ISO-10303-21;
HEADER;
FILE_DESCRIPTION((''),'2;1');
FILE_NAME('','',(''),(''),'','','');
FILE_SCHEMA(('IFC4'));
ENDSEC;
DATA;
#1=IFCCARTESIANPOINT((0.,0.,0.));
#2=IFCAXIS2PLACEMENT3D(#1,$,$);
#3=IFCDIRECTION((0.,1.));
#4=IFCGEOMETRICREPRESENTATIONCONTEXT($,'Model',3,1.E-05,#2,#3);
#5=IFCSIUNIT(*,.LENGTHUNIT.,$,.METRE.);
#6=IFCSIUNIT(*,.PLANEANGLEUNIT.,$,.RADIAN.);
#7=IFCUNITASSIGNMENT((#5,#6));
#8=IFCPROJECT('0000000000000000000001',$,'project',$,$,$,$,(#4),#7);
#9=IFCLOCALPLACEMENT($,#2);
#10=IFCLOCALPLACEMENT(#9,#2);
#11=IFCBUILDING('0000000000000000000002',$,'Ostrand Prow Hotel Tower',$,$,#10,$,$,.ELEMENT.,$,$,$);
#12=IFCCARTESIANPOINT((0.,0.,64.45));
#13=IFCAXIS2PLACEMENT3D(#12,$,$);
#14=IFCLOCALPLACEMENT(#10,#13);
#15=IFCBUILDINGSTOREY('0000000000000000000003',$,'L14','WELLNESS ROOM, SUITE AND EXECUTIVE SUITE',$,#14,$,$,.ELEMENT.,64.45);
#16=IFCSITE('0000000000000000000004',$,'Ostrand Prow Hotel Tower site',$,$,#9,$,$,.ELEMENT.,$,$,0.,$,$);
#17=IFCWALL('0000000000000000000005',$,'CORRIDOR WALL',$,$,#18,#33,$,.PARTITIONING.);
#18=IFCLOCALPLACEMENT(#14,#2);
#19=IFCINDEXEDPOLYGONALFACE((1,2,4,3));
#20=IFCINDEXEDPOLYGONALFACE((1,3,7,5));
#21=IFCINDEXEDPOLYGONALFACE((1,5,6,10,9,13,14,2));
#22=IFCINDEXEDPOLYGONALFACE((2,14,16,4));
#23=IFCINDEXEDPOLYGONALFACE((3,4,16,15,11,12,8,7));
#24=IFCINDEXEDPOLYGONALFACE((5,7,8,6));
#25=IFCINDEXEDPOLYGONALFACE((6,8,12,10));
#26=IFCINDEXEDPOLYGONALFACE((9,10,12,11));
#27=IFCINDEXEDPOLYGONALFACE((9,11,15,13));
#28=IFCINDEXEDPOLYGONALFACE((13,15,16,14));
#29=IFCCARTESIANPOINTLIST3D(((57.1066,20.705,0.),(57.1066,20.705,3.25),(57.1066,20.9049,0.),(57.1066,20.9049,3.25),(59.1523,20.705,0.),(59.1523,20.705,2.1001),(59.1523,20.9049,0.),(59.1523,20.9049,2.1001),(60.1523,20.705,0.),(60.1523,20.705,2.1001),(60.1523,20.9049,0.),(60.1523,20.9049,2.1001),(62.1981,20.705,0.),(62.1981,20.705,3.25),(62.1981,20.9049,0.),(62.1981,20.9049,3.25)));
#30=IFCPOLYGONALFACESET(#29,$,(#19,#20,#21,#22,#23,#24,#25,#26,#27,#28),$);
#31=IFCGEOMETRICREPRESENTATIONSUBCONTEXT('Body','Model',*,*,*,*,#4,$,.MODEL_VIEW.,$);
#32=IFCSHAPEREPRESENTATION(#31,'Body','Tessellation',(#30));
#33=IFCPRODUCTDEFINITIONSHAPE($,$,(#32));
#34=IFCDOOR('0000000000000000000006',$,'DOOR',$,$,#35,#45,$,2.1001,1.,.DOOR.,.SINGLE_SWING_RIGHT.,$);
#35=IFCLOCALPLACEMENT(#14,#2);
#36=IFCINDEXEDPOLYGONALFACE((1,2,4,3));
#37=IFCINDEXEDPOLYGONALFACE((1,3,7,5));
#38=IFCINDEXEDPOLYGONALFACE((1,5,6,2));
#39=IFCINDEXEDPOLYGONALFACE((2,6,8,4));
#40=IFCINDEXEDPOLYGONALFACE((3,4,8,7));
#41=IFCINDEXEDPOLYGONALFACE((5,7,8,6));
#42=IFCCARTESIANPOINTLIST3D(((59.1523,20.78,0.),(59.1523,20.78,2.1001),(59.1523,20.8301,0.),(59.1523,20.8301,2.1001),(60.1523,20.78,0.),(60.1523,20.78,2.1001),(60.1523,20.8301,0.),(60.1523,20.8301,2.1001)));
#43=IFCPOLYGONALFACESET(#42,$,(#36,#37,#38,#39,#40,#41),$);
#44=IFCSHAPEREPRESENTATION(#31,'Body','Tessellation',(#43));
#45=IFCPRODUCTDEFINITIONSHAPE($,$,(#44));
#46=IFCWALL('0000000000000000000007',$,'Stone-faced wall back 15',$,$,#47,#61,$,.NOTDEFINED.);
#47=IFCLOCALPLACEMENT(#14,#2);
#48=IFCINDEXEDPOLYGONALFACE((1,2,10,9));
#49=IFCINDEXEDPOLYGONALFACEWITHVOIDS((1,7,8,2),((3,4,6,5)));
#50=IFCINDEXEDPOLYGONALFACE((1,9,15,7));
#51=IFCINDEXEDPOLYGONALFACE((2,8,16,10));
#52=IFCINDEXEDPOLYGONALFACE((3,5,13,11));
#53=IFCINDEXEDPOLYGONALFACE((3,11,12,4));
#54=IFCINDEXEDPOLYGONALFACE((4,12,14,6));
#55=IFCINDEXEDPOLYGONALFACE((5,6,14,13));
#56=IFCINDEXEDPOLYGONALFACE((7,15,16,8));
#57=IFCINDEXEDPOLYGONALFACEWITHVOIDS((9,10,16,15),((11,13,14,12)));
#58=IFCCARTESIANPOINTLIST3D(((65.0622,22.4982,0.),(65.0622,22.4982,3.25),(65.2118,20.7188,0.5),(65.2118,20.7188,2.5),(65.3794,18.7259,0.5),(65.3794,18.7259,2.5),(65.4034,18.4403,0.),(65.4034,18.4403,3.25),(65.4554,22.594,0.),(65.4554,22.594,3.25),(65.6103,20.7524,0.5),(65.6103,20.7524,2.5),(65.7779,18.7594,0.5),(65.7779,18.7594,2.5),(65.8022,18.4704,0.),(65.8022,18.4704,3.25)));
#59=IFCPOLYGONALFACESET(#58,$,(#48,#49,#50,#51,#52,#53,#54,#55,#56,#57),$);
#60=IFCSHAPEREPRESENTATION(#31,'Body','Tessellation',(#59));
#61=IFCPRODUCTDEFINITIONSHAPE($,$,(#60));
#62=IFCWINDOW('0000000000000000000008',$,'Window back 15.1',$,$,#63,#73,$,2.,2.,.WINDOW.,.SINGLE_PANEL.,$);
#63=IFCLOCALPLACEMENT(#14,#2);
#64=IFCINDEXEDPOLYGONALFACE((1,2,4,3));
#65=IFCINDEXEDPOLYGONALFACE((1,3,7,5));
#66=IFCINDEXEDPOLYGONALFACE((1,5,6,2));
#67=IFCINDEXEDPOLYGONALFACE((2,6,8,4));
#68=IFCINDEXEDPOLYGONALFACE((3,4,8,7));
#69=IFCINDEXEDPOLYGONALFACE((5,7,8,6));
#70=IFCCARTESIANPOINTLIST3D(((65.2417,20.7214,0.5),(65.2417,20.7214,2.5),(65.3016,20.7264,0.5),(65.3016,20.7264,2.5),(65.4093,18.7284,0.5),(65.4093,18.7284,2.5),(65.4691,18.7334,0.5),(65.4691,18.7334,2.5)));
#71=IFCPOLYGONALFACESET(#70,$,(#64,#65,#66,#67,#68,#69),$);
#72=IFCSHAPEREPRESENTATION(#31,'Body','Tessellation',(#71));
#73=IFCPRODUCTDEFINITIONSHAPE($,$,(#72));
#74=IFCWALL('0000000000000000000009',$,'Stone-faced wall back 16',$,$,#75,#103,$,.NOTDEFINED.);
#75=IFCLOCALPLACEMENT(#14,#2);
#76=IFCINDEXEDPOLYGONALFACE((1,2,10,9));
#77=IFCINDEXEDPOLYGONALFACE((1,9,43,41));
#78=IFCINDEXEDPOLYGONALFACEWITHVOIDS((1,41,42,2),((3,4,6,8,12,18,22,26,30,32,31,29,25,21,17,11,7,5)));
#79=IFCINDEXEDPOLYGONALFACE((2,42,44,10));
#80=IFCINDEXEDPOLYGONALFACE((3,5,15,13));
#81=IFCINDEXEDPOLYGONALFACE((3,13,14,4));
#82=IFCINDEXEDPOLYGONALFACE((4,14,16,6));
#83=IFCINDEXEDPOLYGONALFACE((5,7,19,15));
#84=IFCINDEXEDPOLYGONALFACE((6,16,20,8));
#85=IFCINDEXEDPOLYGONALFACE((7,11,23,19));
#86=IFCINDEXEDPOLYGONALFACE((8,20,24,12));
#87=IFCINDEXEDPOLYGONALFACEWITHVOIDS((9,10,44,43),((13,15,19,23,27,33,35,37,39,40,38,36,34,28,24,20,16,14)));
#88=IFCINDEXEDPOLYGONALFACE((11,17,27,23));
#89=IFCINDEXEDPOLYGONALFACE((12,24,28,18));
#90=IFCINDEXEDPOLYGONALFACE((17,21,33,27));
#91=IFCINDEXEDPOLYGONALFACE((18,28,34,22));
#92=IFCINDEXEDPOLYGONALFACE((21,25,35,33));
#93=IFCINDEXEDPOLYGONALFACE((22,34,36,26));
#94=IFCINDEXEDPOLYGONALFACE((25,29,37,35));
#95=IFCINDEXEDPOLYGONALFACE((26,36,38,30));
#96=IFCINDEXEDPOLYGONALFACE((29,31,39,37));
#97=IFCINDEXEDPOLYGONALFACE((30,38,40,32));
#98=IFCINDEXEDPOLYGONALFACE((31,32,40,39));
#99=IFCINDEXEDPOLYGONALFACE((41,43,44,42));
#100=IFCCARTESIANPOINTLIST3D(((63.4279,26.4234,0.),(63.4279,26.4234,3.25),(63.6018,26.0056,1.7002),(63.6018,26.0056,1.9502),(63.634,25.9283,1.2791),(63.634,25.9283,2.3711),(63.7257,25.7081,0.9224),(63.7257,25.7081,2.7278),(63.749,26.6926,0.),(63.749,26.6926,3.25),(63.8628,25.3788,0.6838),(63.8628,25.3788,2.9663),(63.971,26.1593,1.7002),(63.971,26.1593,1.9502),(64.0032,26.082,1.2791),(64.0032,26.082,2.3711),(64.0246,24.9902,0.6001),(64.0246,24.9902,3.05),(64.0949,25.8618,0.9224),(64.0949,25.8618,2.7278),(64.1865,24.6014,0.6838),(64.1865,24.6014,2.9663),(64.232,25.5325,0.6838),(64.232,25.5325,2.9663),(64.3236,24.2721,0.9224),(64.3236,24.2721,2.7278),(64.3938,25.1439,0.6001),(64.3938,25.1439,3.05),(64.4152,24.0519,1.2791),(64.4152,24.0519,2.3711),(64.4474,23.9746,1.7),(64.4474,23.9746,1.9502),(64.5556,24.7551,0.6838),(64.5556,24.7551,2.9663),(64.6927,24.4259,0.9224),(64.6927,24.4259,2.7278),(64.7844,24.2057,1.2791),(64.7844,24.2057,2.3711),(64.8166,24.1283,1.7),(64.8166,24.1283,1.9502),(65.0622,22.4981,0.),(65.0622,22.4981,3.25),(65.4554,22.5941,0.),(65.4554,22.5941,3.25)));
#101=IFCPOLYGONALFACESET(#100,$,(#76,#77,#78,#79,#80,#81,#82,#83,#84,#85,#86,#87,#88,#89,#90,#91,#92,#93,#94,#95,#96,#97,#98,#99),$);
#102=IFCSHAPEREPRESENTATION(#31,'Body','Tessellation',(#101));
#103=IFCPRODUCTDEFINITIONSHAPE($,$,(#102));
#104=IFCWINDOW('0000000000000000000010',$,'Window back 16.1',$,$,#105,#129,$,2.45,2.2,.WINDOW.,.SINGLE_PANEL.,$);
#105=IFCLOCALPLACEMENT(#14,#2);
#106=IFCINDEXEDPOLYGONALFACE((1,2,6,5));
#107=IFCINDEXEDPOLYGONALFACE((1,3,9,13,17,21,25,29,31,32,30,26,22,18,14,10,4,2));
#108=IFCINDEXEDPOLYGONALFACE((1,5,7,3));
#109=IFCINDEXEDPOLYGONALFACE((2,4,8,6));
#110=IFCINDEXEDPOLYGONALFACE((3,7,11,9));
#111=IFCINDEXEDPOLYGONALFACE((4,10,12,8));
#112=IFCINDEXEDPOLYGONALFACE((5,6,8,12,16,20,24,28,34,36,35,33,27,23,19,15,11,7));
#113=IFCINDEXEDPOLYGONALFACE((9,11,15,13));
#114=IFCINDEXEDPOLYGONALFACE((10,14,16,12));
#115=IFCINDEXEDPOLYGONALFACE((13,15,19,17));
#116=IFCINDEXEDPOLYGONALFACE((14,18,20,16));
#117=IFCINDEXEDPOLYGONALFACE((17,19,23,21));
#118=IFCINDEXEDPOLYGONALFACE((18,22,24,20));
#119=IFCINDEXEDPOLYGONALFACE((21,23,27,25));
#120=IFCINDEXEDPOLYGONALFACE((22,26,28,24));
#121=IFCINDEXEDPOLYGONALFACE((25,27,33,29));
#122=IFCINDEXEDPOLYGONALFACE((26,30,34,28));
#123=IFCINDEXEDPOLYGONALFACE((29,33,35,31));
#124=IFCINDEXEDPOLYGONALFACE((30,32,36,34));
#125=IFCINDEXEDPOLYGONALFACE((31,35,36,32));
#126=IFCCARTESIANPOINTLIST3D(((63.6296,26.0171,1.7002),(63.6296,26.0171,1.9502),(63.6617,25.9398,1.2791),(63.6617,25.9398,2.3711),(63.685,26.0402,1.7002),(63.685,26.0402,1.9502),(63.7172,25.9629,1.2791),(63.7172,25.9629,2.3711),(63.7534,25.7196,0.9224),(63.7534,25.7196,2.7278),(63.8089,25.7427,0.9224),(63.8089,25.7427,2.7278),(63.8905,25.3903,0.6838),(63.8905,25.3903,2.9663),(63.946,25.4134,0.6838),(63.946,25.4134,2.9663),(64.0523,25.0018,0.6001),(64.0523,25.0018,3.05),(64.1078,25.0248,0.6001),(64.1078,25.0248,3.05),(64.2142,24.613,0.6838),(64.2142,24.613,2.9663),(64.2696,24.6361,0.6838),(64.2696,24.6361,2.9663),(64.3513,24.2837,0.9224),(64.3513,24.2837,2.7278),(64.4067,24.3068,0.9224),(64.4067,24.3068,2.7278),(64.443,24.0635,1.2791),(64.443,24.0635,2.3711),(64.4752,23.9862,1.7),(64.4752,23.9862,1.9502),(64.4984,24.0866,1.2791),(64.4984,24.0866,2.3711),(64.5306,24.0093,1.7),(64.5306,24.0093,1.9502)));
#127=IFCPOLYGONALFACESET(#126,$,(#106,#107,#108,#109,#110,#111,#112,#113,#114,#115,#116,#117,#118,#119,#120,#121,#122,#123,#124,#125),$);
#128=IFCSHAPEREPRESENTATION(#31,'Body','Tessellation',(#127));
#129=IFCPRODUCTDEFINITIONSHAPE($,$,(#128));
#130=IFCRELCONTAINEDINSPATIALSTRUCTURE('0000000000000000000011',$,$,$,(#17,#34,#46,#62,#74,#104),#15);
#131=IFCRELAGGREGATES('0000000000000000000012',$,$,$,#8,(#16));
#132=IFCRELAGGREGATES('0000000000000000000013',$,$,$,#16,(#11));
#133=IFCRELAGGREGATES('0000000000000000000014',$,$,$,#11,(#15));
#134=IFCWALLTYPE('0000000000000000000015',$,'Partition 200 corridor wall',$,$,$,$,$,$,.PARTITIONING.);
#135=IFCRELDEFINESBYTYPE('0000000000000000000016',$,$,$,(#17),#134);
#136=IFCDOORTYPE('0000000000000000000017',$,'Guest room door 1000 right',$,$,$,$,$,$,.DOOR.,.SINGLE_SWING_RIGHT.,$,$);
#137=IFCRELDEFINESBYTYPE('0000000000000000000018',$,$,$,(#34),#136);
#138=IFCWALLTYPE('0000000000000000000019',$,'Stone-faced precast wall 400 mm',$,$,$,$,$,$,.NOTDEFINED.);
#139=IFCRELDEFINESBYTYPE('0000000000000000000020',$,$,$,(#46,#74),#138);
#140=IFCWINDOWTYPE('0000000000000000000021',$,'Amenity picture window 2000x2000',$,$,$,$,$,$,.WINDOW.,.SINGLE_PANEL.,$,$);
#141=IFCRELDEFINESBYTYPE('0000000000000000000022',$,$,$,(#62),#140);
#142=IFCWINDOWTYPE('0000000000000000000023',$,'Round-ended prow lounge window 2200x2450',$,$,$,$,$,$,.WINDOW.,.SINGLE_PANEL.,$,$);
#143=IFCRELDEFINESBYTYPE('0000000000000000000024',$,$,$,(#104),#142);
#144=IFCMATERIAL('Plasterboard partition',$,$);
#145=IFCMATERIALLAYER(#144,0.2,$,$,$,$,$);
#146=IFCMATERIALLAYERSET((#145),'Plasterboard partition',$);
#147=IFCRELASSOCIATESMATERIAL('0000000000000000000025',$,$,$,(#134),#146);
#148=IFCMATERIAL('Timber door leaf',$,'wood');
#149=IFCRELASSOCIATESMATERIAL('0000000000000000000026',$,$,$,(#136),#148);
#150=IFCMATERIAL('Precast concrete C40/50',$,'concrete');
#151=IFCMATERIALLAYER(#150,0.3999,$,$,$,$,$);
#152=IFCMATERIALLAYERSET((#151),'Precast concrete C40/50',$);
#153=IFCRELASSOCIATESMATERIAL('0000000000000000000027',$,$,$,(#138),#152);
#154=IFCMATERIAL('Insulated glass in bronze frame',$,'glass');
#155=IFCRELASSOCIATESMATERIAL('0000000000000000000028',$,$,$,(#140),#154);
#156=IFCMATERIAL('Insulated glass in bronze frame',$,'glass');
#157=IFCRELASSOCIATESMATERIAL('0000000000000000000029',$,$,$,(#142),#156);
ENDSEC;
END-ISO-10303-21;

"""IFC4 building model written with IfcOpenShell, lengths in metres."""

from ifc_helpers import new_model, si_unit, direction, frame, frame_2d, origin, place, context, subcontext, project, spatial, polyline, rectangle, outline, extrude, material, layer, layer_set, type_object, element, fill, save


model = new_model("IFC4")

# Units and contexts
model_context = context("Model", 3, precision=1e-05, world=origin(), true_north=direction((0.0, 1.0)))
body_context = subcontext(model_context, "Body", "Model", "MODEL_VIEW")
ifc_project = project(units=[si_unit("LENGTHUNIT", "METRE"), si_unit("PLANEANGLEUNIT", "RADIAN")], contexts=[model_context])

# Site, building, storey
site_placement = place(None, origin())
site = spatial("IfcSite", under=ifc_project, at=site_placement, Name="Ostrand Prow Hotel Tower site", CompositionType="ELEMENT", RefElevation=0.0)
building_placement = place(site_placement, origin())
building = spatial("IfcBuilding", under=site, at=building_placement, Name="Ostrand Prow Hotel Tower", CompositionType="ELEMENT")
storey_placement = place(building_placement, frame((0.0, 0.0, 64.45)))
storey = spatial("IfcBuildingStorey", under=building, at=storey_placement, Name="L14", Description="WELLNESS ROOM, SUITE AND EXECUTIVE SUITE", CompositionType="ELEMENT", Elevation=64.45)

# Wall, opening, door
ifc_material_1 = material(Name="Plasterboard partition")
ifc_layer_1 = layer(ifc_material_1, 0.2)
ifc_layer_set_1 = layer_set([ifc_layer_1], Name="Plasterboard partition")
wall_type_1 = type_object("IfcWallType", Name="Partition 200 corridor wall", PredefinedType="PARTITIONING", material=ifc_layer_set_1)
wall_1_placement = place(storey_placement, frame((62.1982, 20.8049, 0.0), z_axis=(0.0, 0.0, 1.0), x_axis=(-1.0, 0.0, 0.0)))
wall_1 = element("IfcWall", 1, at=wall_1_placement, inside=storey, type_object=wall_type_1, Name="CORRIDOR WALL", PredefinedType="PARTITIONING", context=body_context, shape_type="SweptSolid", body=[
    extrude(rectangle(XDim=5.0916, YDim=0.2, at=frame_2d((2.5459, 0.0))), origin(), (0.0, 0.0, 1.0), 3.25),
])
opening_1_placement = place(wall_1_placement, frame((2.0459, 0.0, 0.0)))
opening_1 = element("IfcOpeningElement", 2, at=opening_1_placement, cuts=wall_1, PredefinedType="OPENING", context=body_context, shape_type="SweptSolid", body=[
    extrude(rectangle(XDim=1.0, YDim=2.1001, at=frame_2d((0.5, 1.05))), frame((0.0, 0.1099, 0.0), z_axis=(0.0, -1.0, 0.0), x_axis=(1.0, 0.0, 0.0)), (0.0, 0.0, 1.0), 0.22),
])
ifc_material_2 = material(Name="Timber door leaf", Category="wood")
door_type_1 = type_object("IfcDoorType", Name="Guest room door 1000 right", OperationType="SINGLE_SWING_RIGHT", PredefinedType="DOOR", material=ifc_material_2)
door_1_placement = place(opening_1_placement, origin())
door_1 = element("IfcDoor", 3, at=door_1_placement, inside=storey, type_object=door_type_1, Name="DOOR", OperationType="SINGLE_SWING_RIGHT", OverallHeight=2.1001, OverallWidth=1.0, PredefinedType="DOOR", context=body_context, shape_type="SweptSolid", body=[
    extrude(rectangle(XDim=1.0, YDim=2.1001, at=frame_2d((0.5, 1.05))), frame((0.0, 0.0249, 0.0), z_axis=(0.0, -1.0, 0.0), x_axis=(1.0, 0.0, 0.0)), (0.0, 0.0, 1.0), 0.05),
])
fill(opening_1, door_1)

# Walls, openings, windows
ifc_material_3 = material(Name="Precast concrete C40/50", Category="concrete")
ifc_layer_2 = layer(ifc_material_3, 0.3999)
ifc_layer_set_2 = layer_set([ifc_layer_2], Name="Precast concrete C40/50")
wall_type_2 = type_object("IfcWallType", Name="Stone-faced precast wall 400 mm", PredefinedType="NOTDEFINED", material=ifc_layer_set_2)
wall_2_placement = place(storey_placement, frame((65.6028, 18.4553, 0.0), z_axis=(0.0, 0.0, 1.0), x_axis=(-0.083794, 0.996483, 0.0)))
wall_2 = element("IfcWall", 4, at=wall_2_placement, inside=storey, type_object=wall_type_2, Name="Stone-faced wall back 15", PredefinedType="NOTDEFINED", context=body_context, shape_type="SweptSolid", body=[
    extrude(outline(polyline([(-0.0017, -0.2), (4.1365, -0.2), (4.074, 0.2), (0.0017, 0.2), (-0.0017, -0.2)])), origin(), (0.0, 0.0, 1.0), 3.25),
])
opening_2_placement = place(wall_2_placement, frame((0.2883, 0.0, 0.5)))
opening_2 = element("IfcOpeningElement", 5, at=opening_2_placement, cuts=wall_2, PredefinedType="OPENING", context=body_context, shape_type="SweptSolid", body=[
    extrude(rectangle(XDim=2.0, YDim=2.0, at=frame_2d((1.0, 1.0))), frame((0.0, 0.21, 0.0), z_axis=(0.0, -1.0, 0.0), x_axis=(1.0, 0.0, 0.0)), (0.0, 0.0, 1.0), 0.4199),
])
ifc_material_4 = material(Name="Insulated glass in bronze frame", Category="glass")
window_type_1 = type_object("IfcWindowType", Name="Amenity picture window 2000x2000", PartitioningType="SINGLE_PANEL", PredefinedType="WINDOW", material=ifc_material_4)
window_1_placement = place(opening_2_placement, origin())
window_1 = element("IfcWindow", 6, at=window_1_placement, inside=storey, type_object=window_type_1, Name="Window back 15.1", OverallHeight=2.0, OverallWidth=2.0, PartitioningType="SINGLE_PANEL", PredefinedType="WINDOW", context=body_context, shape_type="SweptSolid", body=[
    extrude(rectangle(XDim=2.0, YDim=2.0, at=frame_2d((1.0, 1.0))), frame((0.0, 0.1699, 0.0), z_axis=(0.0, -1.0, 0.0), x_axis=(1.0, 0.0, 0.0)), (0.0, 0.0, 1.0), 0.0601),
])
fill(opening_2, window_1)
wall_3_placement = place(storey_placement, frame((65.2588, 22.5461, 0.0), z_axis=(0.0, 0.0, 1.0), x_axis=(-0.384372, 0.923178, 0.0)))
wall_3 = element("IfcWall", 7, at=wall_3_placement, inside=storey, type_object=wall_type_2, Name="Stone-faced wall back 16", PredefinedType="NOTDEFINED", context=body_context, shape_type="SweptSolid", body=[
    extrude(outline(polyline([(-0.0312, -0.2), (4.4082, -0.2), (4.2832, 0.2), (0.0312, 0.2), (-0.0312, -0.2)])), origin(), (0.0, 0.0, 1.0), 3.25),
])
opening_3_placement = place(wall_3_placement, frame((1.6306, 0.0, 0.6001)))
opening_3 = element("IfcOpeningElement", 8, at=opening_3_placement, cuts=wall_3, PredefinedType="OPENING", context=body_context, shape_type="SweptSolid", body=[
    extrude(outline(polyline([(0.0, 1.3501), (0.0837, 1.771), (0.3223, 2.1277), (0.679, 2.3662), (1.1001, 2.45), (1.521, 2.3662), (1.8777, 2.1277), (2.1162, 1.771), (2.2, 1.3501), (2.2, 1.1001), (2.1162, 0.679), (1.8777, 0.3223), (1.521, 0.0837), (1.1001, 0.0), (0.679, 0.0837), (0.3223, 0.3223), (0.0837, 0.679), (0.0, 1.0999), (0.0, 1.3501)])), frame((0.0, 0.21, 0.0), z_axis=(0.0, -1.0, 0.0), x_axis=(1.0, 0.0, 0.0)), (0.0, 0.0, 1.0), 0.4199),
])
ifc_material_5 = material(Name="Insulated glass in bronze frame", Category="glass")
window_type_2 = type_object("IfcWindowType", Name="Round-ended prow lounge window 2200x2450", PartitioningType="SINGLE_PANEL", PredefinedType="WINDOW", material=ifc_material_5)
window_2_placement = place(opening_3_placement, origin())
window_2 = element("IfcWindow", 9, at=window_2_placement, inside=storey, type_object=window_type_2, Name="Window back 16.1", OverallHeight=2.45, OverallWidth=2.2, PartitioningType="SINGLE_PANEL", PredefinedType="WINDOW", context=body_context, shape_type="SweptSolid", body=[
    extrude(outline(polyline([(0.0, 1.3501), (0.0837, 1.771), (0.3223, 2.1277), (0.679, 2.3662), (1.1001, 2.45), (1.521, 2.3662), (1.8777, 2.1277), (2.1162, 1.771), (2.2, 1.3501), (2.2, 1.1001), (2.1162, 0.679), (1.8777, 0.3223), (1.521, 0.0837), (1.1001, 0.0), (0.679, 0.0837), (0.3223, 0.3223), (0.0837, 0.679), (0.0, 1.0999), (0.0, 1.3501)])), frame((0.0, 0.1699, 0.0), z_axis=(0.0, -1.0, 0.0), x_axis=(1.0, 0.0, 0.0)), (0.0, 0.0, 1.0), 0.0601),
])
fill(opening_3, window_2)

save(model, "model.ifc")
